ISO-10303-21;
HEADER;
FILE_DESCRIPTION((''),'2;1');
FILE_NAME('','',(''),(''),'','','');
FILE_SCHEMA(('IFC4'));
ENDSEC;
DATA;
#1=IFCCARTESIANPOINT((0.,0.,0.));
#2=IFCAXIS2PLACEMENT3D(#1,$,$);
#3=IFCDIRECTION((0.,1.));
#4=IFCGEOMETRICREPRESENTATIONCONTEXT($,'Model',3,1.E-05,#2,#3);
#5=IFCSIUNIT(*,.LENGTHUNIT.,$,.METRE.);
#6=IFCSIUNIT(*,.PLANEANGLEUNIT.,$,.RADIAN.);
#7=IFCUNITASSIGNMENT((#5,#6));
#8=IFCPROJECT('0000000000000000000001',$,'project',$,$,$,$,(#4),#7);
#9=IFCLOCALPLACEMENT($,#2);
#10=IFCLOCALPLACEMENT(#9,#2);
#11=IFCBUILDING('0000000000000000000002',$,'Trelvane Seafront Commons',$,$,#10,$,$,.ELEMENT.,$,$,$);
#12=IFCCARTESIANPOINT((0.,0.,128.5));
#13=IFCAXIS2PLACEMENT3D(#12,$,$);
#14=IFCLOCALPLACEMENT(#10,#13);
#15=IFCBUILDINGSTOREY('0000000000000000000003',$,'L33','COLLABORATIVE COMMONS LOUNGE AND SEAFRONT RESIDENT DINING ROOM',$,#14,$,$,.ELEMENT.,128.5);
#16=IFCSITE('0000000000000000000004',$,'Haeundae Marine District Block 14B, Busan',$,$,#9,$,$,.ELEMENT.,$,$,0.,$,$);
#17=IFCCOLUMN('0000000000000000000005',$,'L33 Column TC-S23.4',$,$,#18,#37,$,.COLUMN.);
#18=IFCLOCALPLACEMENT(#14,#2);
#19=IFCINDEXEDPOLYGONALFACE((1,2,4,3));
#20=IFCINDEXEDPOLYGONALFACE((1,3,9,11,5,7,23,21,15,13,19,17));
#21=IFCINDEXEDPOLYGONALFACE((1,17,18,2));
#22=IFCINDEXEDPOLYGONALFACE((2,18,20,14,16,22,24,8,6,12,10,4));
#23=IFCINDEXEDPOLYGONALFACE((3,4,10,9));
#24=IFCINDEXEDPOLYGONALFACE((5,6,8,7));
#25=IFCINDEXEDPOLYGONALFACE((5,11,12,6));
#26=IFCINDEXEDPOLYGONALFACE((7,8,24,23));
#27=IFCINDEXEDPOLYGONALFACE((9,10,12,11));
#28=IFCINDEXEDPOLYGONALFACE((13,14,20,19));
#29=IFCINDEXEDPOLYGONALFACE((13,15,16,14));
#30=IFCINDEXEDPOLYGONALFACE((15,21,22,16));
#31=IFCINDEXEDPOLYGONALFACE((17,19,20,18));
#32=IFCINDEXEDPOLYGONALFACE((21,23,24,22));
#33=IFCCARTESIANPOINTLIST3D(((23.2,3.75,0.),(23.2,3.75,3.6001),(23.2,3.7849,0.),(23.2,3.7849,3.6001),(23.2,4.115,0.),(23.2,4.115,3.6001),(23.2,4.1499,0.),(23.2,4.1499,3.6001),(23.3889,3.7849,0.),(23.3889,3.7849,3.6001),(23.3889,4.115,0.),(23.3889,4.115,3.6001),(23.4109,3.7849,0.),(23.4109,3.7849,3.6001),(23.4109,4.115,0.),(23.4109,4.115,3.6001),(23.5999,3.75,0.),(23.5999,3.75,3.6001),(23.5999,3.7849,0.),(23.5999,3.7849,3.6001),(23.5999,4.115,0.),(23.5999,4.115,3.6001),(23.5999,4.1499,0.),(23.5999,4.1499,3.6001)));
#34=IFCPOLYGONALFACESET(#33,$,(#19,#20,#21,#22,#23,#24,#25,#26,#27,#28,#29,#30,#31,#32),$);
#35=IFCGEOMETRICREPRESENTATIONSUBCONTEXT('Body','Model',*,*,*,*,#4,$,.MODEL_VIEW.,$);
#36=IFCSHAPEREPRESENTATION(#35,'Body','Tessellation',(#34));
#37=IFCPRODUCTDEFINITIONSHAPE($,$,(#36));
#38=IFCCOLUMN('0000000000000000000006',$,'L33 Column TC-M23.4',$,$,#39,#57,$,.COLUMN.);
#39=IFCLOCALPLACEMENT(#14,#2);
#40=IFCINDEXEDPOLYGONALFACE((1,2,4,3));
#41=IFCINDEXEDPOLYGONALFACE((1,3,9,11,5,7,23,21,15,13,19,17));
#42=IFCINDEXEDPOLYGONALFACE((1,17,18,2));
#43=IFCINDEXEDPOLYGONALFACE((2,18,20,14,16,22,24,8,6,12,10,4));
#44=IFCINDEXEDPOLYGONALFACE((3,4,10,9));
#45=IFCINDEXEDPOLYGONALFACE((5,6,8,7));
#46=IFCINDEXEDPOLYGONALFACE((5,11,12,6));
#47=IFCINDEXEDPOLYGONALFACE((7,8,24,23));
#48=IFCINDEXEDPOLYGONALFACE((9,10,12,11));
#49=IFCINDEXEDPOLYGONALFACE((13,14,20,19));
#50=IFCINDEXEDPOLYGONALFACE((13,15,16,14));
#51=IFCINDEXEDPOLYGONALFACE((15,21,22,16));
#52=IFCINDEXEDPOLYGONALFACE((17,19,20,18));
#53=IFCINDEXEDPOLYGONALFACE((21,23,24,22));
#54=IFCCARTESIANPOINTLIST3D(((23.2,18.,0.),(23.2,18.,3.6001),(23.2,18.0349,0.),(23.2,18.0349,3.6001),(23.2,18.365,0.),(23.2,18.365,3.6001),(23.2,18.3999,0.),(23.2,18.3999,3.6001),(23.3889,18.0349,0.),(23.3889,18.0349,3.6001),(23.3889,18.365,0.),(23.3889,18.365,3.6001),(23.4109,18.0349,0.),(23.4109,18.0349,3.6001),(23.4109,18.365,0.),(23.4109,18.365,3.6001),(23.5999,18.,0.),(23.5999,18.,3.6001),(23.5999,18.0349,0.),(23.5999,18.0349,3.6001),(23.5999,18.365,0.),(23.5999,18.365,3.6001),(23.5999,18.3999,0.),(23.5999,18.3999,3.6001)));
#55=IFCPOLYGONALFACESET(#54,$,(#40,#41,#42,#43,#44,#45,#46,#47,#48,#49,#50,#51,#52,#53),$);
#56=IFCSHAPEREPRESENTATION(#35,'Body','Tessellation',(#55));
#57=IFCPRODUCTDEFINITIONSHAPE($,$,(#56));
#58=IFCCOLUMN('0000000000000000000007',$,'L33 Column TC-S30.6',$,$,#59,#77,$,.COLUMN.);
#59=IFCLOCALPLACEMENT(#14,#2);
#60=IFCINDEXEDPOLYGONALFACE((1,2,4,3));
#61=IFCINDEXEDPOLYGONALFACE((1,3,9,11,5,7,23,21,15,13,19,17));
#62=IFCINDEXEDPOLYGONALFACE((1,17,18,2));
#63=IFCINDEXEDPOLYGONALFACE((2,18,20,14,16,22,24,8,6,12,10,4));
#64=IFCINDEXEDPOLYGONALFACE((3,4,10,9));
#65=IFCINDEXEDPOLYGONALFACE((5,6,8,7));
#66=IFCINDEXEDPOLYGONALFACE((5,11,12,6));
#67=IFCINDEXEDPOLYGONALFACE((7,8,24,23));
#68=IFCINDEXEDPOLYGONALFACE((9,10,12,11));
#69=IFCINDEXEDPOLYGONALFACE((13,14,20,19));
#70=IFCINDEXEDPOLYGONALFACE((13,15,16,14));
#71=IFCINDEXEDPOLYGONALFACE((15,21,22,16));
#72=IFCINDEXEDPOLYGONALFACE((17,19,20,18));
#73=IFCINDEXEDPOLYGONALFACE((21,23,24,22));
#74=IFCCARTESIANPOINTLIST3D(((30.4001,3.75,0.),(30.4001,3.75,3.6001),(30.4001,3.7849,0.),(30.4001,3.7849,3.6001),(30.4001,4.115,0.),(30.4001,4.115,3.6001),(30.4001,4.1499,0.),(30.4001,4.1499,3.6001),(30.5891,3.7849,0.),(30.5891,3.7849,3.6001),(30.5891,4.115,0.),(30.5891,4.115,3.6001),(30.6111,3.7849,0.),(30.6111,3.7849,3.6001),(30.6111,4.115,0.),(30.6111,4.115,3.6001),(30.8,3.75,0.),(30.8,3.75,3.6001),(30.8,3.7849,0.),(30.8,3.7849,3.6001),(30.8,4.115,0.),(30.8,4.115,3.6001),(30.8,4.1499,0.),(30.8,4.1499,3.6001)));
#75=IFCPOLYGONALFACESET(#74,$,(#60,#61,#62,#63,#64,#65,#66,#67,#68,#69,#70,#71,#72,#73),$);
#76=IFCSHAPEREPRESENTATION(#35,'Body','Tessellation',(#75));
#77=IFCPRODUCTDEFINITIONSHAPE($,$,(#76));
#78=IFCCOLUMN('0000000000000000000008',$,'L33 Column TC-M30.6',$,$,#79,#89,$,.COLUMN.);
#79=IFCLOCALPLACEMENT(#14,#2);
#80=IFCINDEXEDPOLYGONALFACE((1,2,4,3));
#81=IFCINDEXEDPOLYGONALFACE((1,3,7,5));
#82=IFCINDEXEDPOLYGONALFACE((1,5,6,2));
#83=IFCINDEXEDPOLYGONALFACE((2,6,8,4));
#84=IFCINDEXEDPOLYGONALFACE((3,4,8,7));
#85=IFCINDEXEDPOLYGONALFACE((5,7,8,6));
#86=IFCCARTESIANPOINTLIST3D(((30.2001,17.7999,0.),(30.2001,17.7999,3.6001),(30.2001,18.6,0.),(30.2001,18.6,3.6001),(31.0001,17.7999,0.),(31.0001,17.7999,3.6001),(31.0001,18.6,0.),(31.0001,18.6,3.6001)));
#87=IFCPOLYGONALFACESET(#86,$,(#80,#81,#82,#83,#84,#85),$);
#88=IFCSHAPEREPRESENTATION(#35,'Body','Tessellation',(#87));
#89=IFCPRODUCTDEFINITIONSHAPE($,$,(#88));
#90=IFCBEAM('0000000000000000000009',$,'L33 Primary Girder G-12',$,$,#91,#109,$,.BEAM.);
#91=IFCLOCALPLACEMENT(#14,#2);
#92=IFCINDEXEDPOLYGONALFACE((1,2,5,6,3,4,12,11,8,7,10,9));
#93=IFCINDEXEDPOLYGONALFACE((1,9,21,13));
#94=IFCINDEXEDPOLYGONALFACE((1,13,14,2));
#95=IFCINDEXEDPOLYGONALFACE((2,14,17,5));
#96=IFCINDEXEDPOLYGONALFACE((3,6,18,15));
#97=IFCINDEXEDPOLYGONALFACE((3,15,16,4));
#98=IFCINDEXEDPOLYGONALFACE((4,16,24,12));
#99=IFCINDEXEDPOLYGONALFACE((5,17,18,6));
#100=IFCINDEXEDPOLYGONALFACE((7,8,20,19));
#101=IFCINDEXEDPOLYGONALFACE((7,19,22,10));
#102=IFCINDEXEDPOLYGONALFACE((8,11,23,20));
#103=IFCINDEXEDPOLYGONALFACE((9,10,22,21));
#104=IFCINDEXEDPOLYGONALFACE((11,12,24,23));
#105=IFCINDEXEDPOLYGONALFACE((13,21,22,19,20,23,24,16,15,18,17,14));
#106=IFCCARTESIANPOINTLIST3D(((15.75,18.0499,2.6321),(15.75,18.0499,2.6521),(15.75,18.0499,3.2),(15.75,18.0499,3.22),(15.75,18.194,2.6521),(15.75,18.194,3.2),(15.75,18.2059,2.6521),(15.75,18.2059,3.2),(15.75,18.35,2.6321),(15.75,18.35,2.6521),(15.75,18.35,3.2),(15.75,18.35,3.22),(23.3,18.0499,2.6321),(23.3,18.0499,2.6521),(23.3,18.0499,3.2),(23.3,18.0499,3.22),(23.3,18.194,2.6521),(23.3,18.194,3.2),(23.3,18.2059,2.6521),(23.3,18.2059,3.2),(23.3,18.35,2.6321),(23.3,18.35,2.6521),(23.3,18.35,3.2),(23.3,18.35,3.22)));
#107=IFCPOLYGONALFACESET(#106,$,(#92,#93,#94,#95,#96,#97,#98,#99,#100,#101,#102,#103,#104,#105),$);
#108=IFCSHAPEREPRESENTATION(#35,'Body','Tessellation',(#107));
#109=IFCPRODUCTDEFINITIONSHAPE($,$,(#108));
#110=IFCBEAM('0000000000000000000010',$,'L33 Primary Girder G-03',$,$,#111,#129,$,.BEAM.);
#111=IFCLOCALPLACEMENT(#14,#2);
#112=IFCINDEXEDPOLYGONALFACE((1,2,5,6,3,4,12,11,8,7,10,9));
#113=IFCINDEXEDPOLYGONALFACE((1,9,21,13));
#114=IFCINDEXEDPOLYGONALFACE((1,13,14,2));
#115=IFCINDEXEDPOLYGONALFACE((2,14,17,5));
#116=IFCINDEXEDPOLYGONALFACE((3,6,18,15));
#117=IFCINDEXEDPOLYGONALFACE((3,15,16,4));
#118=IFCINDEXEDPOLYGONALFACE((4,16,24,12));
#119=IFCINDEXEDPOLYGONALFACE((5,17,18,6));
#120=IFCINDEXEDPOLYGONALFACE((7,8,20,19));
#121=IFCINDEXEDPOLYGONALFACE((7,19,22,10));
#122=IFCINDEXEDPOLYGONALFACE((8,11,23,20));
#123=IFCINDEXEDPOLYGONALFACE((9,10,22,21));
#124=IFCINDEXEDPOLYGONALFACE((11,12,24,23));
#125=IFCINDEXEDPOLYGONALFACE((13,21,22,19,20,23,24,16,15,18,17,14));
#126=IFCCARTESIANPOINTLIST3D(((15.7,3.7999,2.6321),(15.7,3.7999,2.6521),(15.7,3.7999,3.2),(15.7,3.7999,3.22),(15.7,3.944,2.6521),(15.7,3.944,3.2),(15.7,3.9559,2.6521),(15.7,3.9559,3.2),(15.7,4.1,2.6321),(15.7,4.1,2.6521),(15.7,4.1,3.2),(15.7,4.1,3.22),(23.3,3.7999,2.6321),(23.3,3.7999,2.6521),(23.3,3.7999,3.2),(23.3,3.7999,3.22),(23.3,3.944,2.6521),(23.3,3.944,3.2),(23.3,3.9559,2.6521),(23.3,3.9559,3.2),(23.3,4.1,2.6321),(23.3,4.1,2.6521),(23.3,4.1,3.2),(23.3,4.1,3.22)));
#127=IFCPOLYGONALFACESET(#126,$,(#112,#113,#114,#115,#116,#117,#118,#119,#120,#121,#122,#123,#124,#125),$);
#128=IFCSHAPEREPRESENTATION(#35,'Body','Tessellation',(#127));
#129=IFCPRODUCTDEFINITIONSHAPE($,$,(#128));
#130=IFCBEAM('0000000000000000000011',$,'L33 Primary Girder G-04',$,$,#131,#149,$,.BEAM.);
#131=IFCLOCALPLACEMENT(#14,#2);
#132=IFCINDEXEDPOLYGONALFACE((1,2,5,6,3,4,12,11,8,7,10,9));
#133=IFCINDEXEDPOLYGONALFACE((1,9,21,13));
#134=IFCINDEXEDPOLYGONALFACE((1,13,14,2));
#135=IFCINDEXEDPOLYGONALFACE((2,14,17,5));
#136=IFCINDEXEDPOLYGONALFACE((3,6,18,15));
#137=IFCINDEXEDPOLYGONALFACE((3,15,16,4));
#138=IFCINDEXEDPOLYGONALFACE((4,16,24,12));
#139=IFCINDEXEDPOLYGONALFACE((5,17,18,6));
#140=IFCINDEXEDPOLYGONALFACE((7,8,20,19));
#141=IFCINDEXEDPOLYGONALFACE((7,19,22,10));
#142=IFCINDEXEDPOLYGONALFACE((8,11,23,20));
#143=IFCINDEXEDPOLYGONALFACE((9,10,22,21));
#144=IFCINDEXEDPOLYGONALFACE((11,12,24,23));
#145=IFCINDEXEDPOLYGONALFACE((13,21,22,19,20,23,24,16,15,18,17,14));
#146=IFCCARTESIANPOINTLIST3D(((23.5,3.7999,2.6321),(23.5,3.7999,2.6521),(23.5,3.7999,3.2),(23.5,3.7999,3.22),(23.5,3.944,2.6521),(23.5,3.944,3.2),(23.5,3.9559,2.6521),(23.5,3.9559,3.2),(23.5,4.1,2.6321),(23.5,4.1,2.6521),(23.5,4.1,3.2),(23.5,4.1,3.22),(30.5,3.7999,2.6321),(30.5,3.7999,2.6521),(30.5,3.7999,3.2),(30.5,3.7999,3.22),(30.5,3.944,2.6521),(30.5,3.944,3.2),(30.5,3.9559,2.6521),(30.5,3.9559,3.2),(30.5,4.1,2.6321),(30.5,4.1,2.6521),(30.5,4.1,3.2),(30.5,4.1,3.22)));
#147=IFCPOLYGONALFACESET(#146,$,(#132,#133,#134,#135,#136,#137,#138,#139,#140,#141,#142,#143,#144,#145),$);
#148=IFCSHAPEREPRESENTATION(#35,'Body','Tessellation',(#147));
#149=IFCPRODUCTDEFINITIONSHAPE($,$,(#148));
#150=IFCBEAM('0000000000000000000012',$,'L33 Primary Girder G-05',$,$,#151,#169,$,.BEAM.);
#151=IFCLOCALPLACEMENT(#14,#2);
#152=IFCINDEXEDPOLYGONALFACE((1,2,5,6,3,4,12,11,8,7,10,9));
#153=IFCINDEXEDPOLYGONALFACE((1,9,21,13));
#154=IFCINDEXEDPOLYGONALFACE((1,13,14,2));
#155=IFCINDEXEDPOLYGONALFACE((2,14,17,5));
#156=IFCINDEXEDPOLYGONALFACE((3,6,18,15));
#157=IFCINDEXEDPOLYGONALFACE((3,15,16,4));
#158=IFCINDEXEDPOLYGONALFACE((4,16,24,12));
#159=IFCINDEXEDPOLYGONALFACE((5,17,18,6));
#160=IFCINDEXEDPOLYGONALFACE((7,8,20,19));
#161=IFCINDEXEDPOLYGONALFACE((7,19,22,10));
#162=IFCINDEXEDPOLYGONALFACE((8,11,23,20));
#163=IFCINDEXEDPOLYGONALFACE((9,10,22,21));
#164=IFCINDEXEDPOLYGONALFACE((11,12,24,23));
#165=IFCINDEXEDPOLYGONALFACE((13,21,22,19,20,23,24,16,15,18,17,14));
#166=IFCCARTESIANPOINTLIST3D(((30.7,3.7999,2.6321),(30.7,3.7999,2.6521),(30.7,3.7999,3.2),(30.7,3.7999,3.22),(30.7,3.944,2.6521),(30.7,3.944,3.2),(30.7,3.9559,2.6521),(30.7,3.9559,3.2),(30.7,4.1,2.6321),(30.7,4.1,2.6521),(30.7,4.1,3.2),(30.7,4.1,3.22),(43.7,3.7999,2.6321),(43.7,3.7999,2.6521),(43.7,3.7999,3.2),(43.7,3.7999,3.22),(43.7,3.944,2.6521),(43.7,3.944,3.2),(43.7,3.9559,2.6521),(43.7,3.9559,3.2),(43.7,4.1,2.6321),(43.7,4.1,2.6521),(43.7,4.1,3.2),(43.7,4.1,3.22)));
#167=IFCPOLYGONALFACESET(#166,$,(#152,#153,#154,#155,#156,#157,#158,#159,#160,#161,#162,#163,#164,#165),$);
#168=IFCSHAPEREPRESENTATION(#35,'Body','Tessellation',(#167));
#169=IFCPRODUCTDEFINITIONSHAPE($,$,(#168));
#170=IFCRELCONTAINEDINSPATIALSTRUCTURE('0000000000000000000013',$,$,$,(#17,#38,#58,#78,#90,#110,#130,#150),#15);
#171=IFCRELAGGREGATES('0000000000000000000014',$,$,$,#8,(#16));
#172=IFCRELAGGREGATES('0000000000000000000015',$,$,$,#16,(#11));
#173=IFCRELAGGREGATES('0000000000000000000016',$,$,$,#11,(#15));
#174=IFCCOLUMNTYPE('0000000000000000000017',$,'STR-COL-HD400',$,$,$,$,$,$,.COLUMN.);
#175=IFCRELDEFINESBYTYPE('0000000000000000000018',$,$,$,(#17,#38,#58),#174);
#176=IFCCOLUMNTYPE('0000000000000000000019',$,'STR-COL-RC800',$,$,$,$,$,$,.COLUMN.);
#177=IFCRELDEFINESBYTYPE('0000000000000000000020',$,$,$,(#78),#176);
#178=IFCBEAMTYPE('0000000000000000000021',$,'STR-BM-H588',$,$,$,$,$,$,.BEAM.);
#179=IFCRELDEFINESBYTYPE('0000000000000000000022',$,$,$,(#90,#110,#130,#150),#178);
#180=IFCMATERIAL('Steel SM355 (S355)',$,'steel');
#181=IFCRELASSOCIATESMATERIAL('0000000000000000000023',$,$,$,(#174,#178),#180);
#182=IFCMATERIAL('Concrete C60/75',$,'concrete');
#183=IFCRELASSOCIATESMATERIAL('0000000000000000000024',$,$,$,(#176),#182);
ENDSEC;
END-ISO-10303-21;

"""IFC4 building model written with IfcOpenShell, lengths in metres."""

from ifc_helpers import new_model, si_unit, direction, frame, origin, origin_2d, place, context, subcontext, project, spatial, rectangle, i_section, extrude, source, transform, mapped, material, material_profile, profile_set, type_object, element, save


model = new_model("IFC4")

# Units and contexts
model_context = context("Model", 3, precision=1e-05, world=origin(), true_north=direction((0.0, 1.0)))
body_context = subcontext(model_context, "Body", "Model", "MODEL_VIEW")
ifc_project = project(units=[si_unit("LENGTHUNIT", "METRE"), si_unit("PLANEANGLEUNIT", "RADIAN")], contexts=[model_context])

# Site, building, storey
site_placement = place(None, origin())
site = spatial("IfcSite", under=ifc_project, at=site_placement, Name="Haeundae Marine District Block 14B, Busan", CompositionType="ELEMENT", RefElevation=0.0)
building_placement = place(site_placement, origin())
building = spatial("IfcBuilding", under=site, at=building_placement, Name="Trelvane Seafront Commons", CompositionType="ELEMENT")
storey_placement = place(building_placement, frame((0.0, 0.0, 128.5)))
storey = spatial("IfcBuildingStorey", under=building, at=storey_placement, Name="L33", Description="COLLABORATIVE COMMONS LOUNGE AND SEAFRONT RESIDENT DINING ROOM", CompositionType="ELEMENT", Elevation=128.5)

# Columns
ifc_material_1 = material(Name="Steel SM355 (S355)", Category="steel")
ifc_material_profile_1 = material_profile(ifc_material_1, i_section(OverallWidth=0.3999, OverallDepth=0.3999, WebThickness=0.022, FlangeThickness=0.0349, at=origin_2d()), Name="HD-400x400x22x35")
ifc_profile_set_1 = profile_set([ifc_material_profile_1], Name="Steel SM355 (S355)")
column_type_1 = type_object("IfcColumnType", Name="STR-COL-HD400", PredefinedType="COLUMN", material=ifc_profile_set_1)
shared_shape_1 = source(origin(), body_context, "Body", "SweptSolid", [
    extrude(i_section(OverallWidth=0.3999, OverallDepth=0.3999, WebThickness=0.022, FlangeThickness=0.0349, at=origin_2d()), origin(), (0.0, 0.0, 1.0), 3.6001),
])
for number, where, z_axis, x_axis, name in (
    (1, (23.3999, 3.95, 0.0), (0.0, 0.0, 1.0), (1.0, 0.0, 0.0), "L33 Column TC-S23.4"),
    (2, (23.3999, 18.2, 0.0), (0.0, 0.0, 1.0), (1.0, 0.0, 0.0), "L33 Column TC-M23.4"),
    (3, (30.6001, 3.95, 0.0), (0.0, 0.0, 1.0), (1.0, 0.0, 0.0), "L33 Column TC-S30.6"),
):
    element("IfcColumn", number, at=place(storey_placement, frame(where, z_axis=z_axis, x_axis=x_axis)), inside=storey, type_object=column_type_1, Name=name, PredefinedType="COLUMN", context=body_context, shape_type="MappedRepresentation", body=[
        mapped(shared_shape_1, transform((0.0, 0.0, 0.0), x_axis=(1.0, 0.0, 0.0), y_axis=(0.0, 1.0, 0.0), z_axis=(0.0, 0.0, 1.0), scale=1.0)),
    ])
ifc_material_2 = material(Name="Concrete C60/75", Category="concrete")
ifc_material_profile_2 = material_profile(ifc_material_2, rectangle(XDim=0.8, YDim=0.8, at=origin_2d()), Name="RC-800x800")
ifc_profile_set_2 = profile_set([ifc_material_profile_2], Name="Concrete C60/75")
column_type_2 = type_object("IfcColumnType", Name="STR-COL-RC800", PredefinedType="COLUMN", material=ifc_profile_set_2)
shared_shape_2 = source(origin(), body_context, "Body", "SweptSolid", [
    extrude(rectangle(XDim=0.8, YDim=0.8, at=origin_2d()), origin(), (0.0, 0.0, 1.0), 3.6001),
])
column_placement = place(storey_placement, frame((30.6001, 18.2, 0.0), z_axis=(0.0, 0.0, 1.0), x_axis=(1.0, 0.0, 0.0)))
element("IfcColumn", 4, at=column_placement, inside=storey, type_object=column_type_2, Name="L33 Column TC-M30.6", PredefinedType="COLUMN", context=body_context, shape_type="MappedRepresentation", body=[
    mapped(shared_shape_2, transform((0.0, 0.0, 0.0), x_axis=(1.0, 0.0, 0.0), y_axis=(0.0, 1.0, 0.0), z_axis=(0.0, 0.0, 1.0), scale=1.0)),
])

# Beams
ifc_material_profile_3 = material_profile(ifc_material_1, i_section(OverallWidth=0.3, OverallDepth=0.5879, WebThickness=0.012, FlangeThickness=0.02, at=origin_2d()), Name="H-588x300x12x20")
ifc_profile_set_3 = profile_set([ifc_material_profile_3], Name="Steel SM355 (S355)")
beam_type_1 = type_object("IfcBeamType", Name="STR-BM-H588", PredefinedType="BEAM", material=ifc_profile_set_3)
shared_shape_3 = source(origin(), body_context, "Body", "SweptSolid", [
    extrude(i_section(OverallWidth=0.3, OverallDepth=0.5879, WebThickness=0.012, FlangeThickness=0.02, at=origin_2d()), origin(), (0.0, 0.0, 1.0), 7.55),
])
beam_1_placement = place(storey_placement, frame((15.75, 18.2, 2.926), z_axis=(1.0, 0.0, 0.0), x_axis=(0.0, 1.0, 0.0)))
element("IfcBeam", 5, at=beam_1_placement, inside=storey, type_object=beam_type_1, Name="L33 Primary Girder G-12", PredefinedType="BEAM", context=body_context, shape_type="MappedRepresentation", body=[
    mapped(shared_shape_3, transform((0.0, 0.0, 0.0), x_axis=(1.0, 0.0, 0.0), y_axis=(0.0, 1.0, 0.0), z_axis=(0.0, 0.0, 1.0), scale=1.0)),
])
shared_shape_4 = source(origin(), body_context, "Body", "SweptSolid", [
    extrude(i_section(OverallWidth=0.3, OverallDepth=0.5879, WebThickness=0.012, FlangeThickness=0.02, at=origin_2d()), origin(), (0.0, 0.0, 1.0), 7.6001),
])
beam_2_placement = place(storey_placement, frame((15.7, 3.95, 2.926), z_axis=(1.0, 0.0, 0.0), x_axis=(0.0, 1.0, 0.0)))
element("IfcBeam", 6, at=beam_2_placement, inside=storey, type_object=beam_type_1, Name="L33 Primary Girder G-03", PredefinedType="BEAM", context=body_context, shape_type="MappedRepresentation", body=[
    mapped(shared_shape_4, transform((0.0, 0.0, 0.0), x_axis=(1.0, 0.0, 0.0), y_axis=(0.0, 1.0, 0.0), z_axis=(0.0, 0.0, 1.0), scale=1.0)),
])
shared_shape_5 = source(origin(), body_context, "Body", "SweptSolid", [
    extrude(i_section(OverallWidth=0.3, OverallDepth=0.5879, WebThickness=0.012, FlangeThickness=0.02, at=origin_2d()), origin(), (0.0, 0.0, 1.0), 7.0),
])
beam_3_placement = place(storey_placement, frame((23.5, 3.95, 2.926), z_axis=(1.0, 0.0, 0.0), x_axis=(0.0, 1.0, 0.0)))
element("IfcBeam", 7, at=beam_3_placement, inside=storey, type_object=beam_type_1, Name="L33 Primary Girder G-04", PredefinedType="BEAM", context=body_context, shape_type="MappedRepresentation", body=[
    mapped(shared_shape_5, transform((0.0, 0.0, 0.0), x_axis=(1.0, 0.0, 0.0), y_axis=(0.0, 1.0, 0.0), z_axis=(0.0, 0.0, 1.0), scale=1.0)),
])
shared_shape_6 = source(origin(), body_context, "Body", "SweptSolid", [
    extrude(i_section(OverallWidth=0.3, OverallDepth=0.5879, WebThickness=0.012, FlangeThickness=0.02, at=origin_2d()), origin(), (0.0, 0.0, 1.0), 13.0),
])
beam_4_placement = place(storey_placement, frame((30.7, 3.95, 2.926), z_axis=(1.0, 0.0, 0.0), x_axis=(0.0, 1.0, 0.0)))
element("IfcBeam", 8, at=beam_4_placement, inside=storey, type_object=beam_type_1, Name="L33 Primary Girder G-05", PredefinedType="BEAM", context=body_context, shape_type="MappedRepresentation", body=[
    mapped(shared_shape_6, transform((0.0, 0.0, 0.0), x_axis=(1.0, 0.0, 0.0), y_axis=(0.0, 1.0, 0.0), z_axis=(0.0, 0.0, 1.0), scale=1.0)),
])

save(model, "model.ifc")
